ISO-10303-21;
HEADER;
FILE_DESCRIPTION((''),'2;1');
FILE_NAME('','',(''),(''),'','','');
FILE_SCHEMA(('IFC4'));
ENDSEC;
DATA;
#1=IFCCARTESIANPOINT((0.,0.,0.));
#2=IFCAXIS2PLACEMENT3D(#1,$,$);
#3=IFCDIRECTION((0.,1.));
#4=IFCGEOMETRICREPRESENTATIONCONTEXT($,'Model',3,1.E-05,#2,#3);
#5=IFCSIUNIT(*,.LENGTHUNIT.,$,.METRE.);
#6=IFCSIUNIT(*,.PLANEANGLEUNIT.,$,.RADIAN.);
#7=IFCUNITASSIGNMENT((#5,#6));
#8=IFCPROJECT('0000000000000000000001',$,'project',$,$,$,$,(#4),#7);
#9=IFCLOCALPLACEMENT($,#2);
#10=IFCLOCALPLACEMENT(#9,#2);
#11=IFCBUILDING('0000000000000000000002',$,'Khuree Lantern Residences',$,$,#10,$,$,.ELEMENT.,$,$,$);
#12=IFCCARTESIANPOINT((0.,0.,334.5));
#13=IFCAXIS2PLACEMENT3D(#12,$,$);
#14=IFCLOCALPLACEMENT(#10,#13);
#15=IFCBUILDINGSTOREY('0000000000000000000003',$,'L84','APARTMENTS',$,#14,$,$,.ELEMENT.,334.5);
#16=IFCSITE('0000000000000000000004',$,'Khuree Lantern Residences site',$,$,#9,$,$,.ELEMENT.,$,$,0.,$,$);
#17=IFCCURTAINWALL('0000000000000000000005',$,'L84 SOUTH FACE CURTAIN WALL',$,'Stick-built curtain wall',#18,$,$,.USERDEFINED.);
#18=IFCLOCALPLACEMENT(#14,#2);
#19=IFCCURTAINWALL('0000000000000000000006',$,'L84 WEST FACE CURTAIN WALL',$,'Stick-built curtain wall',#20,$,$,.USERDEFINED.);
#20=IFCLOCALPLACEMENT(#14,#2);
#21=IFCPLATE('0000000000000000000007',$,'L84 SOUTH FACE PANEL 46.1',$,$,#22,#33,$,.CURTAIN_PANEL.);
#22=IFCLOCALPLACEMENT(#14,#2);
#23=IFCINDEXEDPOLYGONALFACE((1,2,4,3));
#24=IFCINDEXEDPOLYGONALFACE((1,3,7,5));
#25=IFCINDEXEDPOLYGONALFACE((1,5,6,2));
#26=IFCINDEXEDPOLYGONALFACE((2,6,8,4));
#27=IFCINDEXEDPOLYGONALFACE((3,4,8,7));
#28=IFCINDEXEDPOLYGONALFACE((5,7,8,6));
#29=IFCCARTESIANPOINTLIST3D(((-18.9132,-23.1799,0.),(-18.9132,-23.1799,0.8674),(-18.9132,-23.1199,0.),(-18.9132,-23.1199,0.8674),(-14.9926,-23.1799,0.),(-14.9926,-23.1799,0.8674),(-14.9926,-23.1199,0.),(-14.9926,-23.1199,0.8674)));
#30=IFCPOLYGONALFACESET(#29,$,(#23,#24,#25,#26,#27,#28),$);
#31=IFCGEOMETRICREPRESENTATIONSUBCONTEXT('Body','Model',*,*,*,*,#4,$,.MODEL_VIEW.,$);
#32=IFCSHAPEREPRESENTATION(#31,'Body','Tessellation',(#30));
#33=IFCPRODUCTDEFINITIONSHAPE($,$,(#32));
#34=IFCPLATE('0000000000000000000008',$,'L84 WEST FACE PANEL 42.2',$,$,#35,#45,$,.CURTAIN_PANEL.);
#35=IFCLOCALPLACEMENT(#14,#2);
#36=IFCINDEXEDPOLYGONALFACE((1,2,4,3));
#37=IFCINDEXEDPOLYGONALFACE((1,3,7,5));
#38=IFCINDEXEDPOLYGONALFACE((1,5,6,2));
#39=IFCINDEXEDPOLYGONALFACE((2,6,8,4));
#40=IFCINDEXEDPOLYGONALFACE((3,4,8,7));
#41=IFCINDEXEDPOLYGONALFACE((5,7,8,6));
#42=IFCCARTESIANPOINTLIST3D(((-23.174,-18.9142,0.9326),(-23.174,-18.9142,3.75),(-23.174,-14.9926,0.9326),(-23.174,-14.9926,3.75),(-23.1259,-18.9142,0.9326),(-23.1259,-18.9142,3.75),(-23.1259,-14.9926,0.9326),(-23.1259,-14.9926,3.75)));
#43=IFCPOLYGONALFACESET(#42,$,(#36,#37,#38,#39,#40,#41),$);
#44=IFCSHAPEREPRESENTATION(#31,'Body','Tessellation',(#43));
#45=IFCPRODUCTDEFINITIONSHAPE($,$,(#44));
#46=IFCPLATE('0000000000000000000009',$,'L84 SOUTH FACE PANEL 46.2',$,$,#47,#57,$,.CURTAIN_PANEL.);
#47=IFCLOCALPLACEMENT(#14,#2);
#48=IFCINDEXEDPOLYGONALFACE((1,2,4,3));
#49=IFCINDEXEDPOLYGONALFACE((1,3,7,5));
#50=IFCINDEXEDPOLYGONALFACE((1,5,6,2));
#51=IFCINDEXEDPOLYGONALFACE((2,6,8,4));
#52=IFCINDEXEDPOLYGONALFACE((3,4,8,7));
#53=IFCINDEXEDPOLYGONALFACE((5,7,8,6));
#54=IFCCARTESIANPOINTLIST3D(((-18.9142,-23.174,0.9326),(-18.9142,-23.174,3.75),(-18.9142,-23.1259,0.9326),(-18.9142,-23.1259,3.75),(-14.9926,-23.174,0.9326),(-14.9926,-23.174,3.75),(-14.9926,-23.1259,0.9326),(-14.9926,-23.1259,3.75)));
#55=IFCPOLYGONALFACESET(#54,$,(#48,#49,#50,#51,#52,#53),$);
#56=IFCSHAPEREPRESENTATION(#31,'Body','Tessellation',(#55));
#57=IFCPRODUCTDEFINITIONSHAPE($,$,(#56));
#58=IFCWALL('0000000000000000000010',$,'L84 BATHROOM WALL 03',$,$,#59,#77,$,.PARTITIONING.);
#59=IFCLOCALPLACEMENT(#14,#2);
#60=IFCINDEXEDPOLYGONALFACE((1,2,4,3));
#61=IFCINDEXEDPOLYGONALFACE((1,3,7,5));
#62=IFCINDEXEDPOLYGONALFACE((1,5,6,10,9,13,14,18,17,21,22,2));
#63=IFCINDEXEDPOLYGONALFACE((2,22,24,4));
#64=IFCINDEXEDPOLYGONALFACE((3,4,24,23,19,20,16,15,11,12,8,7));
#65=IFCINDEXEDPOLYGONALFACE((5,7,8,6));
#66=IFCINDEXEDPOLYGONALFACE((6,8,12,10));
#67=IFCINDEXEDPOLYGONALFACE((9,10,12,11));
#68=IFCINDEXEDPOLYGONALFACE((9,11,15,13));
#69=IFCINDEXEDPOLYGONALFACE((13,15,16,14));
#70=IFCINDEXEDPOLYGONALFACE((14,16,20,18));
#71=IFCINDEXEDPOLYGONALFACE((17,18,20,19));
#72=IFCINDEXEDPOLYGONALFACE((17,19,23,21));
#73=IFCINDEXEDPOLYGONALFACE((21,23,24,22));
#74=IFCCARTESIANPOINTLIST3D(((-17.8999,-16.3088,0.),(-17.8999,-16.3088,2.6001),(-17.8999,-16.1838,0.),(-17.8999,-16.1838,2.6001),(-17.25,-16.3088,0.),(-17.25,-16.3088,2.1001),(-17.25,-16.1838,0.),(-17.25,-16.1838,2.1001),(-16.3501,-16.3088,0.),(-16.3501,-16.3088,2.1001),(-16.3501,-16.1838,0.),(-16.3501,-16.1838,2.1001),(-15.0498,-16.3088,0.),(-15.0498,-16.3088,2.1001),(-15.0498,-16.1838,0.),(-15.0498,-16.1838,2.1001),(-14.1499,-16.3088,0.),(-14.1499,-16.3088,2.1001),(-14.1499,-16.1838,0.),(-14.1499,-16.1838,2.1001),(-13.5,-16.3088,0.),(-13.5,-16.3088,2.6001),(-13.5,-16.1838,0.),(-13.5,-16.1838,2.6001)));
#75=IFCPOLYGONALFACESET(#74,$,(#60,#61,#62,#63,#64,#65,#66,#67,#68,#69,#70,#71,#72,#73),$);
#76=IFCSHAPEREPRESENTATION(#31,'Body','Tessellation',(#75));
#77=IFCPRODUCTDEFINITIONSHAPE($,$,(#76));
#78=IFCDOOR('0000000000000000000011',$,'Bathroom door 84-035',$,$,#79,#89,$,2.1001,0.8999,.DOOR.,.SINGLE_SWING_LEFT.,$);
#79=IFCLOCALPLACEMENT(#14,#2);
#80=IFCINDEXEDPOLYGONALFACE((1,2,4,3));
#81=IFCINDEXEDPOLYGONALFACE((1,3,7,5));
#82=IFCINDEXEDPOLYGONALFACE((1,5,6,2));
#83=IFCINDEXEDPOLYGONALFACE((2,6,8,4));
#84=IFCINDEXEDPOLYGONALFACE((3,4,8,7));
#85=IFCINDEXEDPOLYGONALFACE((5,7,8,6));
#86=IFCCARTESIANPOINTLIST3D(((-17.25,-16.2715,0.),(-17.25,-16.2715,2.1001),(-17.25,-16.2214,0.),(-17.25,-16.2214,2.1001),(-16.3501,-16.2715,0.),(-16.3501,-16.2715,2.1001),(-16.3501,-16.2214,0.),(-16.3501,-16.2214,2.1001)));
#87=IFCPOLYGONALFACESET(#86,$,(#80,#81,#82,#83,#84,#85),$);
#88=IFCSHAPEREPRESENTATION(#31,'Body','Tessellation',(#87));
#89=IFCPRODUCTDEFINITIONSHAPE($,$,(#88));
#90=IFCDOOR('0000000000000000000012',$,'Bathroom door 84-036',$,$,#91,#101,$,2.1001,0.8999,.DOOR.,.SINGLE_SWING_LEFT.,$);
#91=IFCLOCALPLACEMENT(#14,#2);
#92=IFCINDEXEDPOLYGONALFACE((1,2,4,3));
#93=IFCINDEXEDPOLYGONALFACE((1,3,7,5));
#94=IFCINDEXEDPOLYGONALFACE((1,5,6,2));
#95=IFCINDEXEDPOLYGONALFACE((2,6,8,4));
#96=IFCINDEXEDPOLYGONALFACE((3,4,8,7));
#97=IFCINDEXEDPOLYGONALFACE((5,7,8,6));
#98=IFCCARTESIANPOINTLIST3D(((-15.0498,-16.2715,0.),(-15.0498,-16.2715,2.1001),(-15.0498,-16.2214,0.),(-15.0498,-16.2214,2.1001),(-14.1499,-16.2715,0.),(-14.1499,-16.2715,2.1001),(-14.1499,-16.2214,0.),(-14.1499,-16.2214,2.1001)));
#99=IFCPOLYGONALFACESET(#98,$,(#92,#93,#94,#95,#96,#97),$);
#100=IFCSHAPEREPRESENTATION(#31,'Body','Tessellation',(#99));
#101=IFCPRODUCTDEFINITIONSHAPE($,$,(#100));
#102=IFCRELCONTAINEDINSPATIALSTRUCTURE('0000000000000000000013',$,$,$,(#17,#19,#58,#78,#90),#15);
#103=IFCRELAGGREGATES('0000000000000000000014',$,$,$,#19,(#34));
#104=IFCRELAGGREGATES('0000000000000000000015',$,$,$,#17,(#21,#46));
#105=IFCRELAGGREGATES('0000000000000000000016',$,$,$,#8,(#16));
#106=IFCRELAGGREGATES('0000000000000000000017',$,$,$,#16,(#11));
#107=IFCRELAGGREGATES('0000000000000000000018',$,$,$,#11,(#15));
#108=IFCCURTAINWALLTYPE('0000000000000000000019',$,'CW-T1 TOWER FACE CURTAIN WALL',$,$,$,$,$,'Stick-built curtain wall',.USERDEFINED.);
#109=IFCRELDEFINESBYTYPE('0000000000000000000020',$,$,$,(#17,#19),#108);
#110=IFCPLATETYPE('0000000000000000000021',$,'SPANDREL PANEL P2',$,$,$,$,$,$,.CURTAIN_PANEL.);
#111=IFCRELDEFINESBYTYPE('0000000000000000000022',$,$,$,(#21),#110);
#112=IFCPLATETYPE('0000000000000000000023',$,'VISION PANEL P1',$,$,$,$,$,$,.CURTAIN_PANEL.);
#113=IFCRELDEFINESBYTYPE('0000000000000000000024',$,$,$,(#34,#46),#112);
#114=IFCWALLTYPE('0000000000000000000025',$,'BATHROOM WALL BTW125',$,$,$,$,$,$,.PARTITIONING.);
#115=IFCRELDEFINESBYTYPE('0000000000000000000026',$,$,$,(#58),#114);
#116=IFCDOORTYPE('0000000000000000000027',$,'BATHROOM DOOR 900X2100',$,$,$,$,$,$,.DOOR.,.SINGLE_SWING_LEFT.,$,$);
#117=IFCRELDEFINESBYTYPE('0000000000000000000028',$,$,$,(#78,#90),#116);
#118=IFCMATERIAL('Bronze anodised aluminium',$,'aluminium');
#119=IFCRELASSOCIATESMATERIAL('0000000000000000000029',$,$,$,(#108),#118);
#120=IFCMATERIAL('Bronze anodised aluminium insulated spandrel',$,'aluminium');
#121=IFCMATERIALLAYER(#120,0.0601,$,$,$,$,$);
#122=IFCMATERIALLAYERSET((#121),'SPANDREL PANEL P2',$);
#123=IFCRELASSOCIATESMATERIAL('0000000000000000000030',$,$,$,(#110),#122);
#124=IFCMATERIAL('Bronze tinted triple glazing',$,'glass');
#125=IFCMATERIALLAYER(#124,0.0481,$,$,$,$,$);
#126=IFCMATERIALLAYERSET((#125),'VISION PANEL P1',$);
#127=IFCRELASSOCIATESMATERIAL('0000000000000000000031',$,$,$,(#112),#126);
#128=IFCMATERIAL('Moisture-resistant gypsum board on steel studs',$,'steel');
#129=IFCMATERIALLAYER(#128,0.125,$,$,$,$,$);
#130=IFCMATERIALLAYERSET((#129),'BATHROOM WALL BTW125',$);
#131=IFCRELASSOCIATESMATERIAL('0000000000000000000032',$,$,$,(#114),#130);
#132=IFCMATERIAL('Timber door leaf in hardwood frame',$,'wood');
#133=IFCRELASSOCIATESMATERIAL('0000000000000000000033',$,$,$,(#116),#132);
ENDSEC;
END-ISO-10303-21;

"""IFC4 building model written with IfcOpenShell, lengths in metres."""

from ifc_helpers import new_model, si_unit, direction, frame, frame_2d, origin, origin_2d, place, context, subcontext, project, spatial, rectangle, extrude, material, layer, layer_set, type_object, element, fill, aggregate, save


model = new_model("IFC4")

# Units and contexts
model_context = context("Model", 3, precision=1e-05, world=origin(), true_north=direction((0.0, 1.0)))
body_context = subcontext(model_context, "Body", "Model", "MODEL_VIEW")
ifc_project = project(units=[si_unit("LENGTHUNIT", "METRE"), si_unit("PLANEANGLEUNIT", "RADIAN")], contexts=[model_context])

# Site, building, storey
site_placement = place(None, origin())
site = spatial("IfcSite", under=ifc_project, at=site_placement, Name="Khuree Lantern Residences site", CompositionType="ELEMENT", RefElevation=0.0)
building_placement = place(site_placement, origin())
building = spatial("IfcBuilding", under=site, at=building_placement, Name="Khuree Lantern Residences", CompositionType="ELEMENT")
storey_placement = place(building_placement, frame((0.0, 0.0, 334.5)))
storey = spatial("IfcBuildingStorey", under=building, at=storey_placement, Name="L84", Description="APARTMENTS", CompositionType="ELEMENT", Elevation=334.5)

# Curtain wall
ifc_material_1 = material(Name="Bronze anodised aluminium", Category="aluminium")
curtain_wall_type_1 = type_object("IfcCurtainWallType", Name="CW-T1 TOWER FACE CURTAIN WALL", ElementType="Stick-built curtain wall", PredefinedType="USERDEFINED", material=ifc_material_1)
curtain_wall_1_placement = place(storey_placement, origin())
curtain_wall_1 = element("IfcCurtainWall", 1, at=curtain_wall_1_placement, inside=storey, type_object=curtain_wall_type_1, Name="L84 SOUTH FACE CURTAIN WALL", ObjectType="Stick-built curtain wall", PredefinedType="USERDEFINED")

# Curtain wall
curtain_wall_2_placement = place(storey_placement, origin())
curtain_wall_2 = element("IfcCurtainWall", 2, at=curtain_wall_2_placement, inside=storey, type_object=curtain_wall_type_1, Name="L84 WEST FACE CURTAIN WALL", ObjectType="Stick-built curtain wall", PredefinedType="USERDEFINED")

# Plates
ifc_material_2 = material(Name="Bronze tinted triple glazing", Category="glass")
ifc_material_3 = material(Name="Bronze anodised aluminium insulated spandrel", Category="aluminium")
ifc_layer_1 = layer(ifc_material_3, 0.0601)
ifc_layer_set_1 = layer_set([ifc_layer_1], Name="SPANDREL PANEL P2")
plate_type_1 = type_object("IfcPlateType", Name="SPANDREL PANEL P2", PredefinedType="CURTAIN_PANEL", material=ifc_layer_set_1)
plate_1_placement = place(storey_placement, frame((-16.9529, -23.1499, 0.0), z_axis=(0.0, 0.0, 1.0), x_axis=(1.0, 0.0, 0.0)))
plate_1 = element("IfcPlate", 3, at=plate_1_placement, type_object=plate_type_1, Name="L84 SOUTH FACE PANEL 46.1", PredefinedType="CURTAIN_PANEL", context=body_context, shape_type="SweptSolid", body=[
    extrude(rectangle(XDim=3.9207, YDim=0.0601, at=origin_2d()), origin(), (0.0, 0.0, 1.0), 0.8674),
])
ifc_layer_2 = layer(ifc_material_2, 0.0481)
ifc_layer_set_2 = layer_set([ifc_layer_2], Name="VISION PANEL P1")
plate_type_2 = type_object("IfcPlateType", Name="VISION PANEL P1", PredefinedType="CURTAIN_PANEL", material=ifc_layer_set_2)
plate_2_placement = place(storey_placement, frame((-23.1499, -16.9534, 0.9326), z_axis=(0.0, 0.0, 1.0), x_axis=(0.0, -1.0, 0.0)))
plate_2 = element("IfcPlate", 4, at=plate_2_placement, type_object=plate_type_2, Name="L84 WEST FACE PANEL 42.2", PredefinedType="CURTAIN_PANEL", context=body_context, shape_type="SweptSolid", body=[
    extrude(rectangle(XDim=3.9216, YDim=0.0481, at=origin_2d()), origin(), (0.0, 0.0, 1.0), 2.8174),
])
aggregate(curtain_wall_2, [plate_2])
plate_3_placement = place(storey_placement, frame((-16.9534, -23.1499, 0.9326), z_axis=(0.0, 0.0, 1.0), x_axis=(1.0, 0.0, 0.0)))
plate_3 = element("IfcPlate", 5, at=plate_3_placement, type_object=plate_type_2, Name="L84 SOUTH FACE PANEL 46.2", PredefinedType="CURTAIN_PANEL", context=body_context, shape_type="SweptSolid", body=[
    extrude(rectangle(XDim=3.9216, YDim=0.0481, at=origin_2d()), origin(), (0.0, 0.0, 1.0), 2.8174),
])
aggregate(curtain_wall_1, [plate_1, plate_3])

# Wall, openings, doors
ifc_material_4 = material(Name="Moisture-resistant gypsum board on steel studs", Category="steel")
ifc_layer_3 = layer(ifc_material_4, 0.125)
ifc_layer_set_3 = layer_set([ifc_layer_3], Name="BATHROOM WALL BTW125")
wall_type = type_object("IfcWallType", Name="BATHROOM WALL BTW125", PredefinedType="PARTITIONING", material=ifc_layer_set_3)
wall_placement = place(storey_placement, frame((-17.8999, -16.2463, 0.0), z_axis=(0.0, 0.0, 1.0), x_axis=(1.0, 0.0, 0.0)))
wall = element("IfcWall", 6, at=wall_placement, inside=storey, type_object=wall_type, Name="L84 BATHROOM WALL 03", PredefinedType="PARTITIONING", context=body_context, shape_type="SweptSolid", body=[
    extrude(rectangle(XDim=4.3999, YDim=0.125, at=frame_2d((2.2, 0.0))), origin(), (0.0, 0.0, 1.0), 2.6001),
])
opening_1_placement = place(wall_placement, frame((0.6499, 0.0, 0.0)))
opening_1 = element("IfcOpeningElement", 7, at=opening_1_placement, cuts=wall, PredefinedType="OPENING", context=body_context, shape_type="SweptSolid", body=[
    extrude(rectangle(XDim=0.8999, YDim=2.1001, at=frame_2d((0.45, 1.05))), frame((0.0, 0.0725, 0.0), z_axis=(0.0, -1.0, 0.0), x_axis=(1.0, 0.0, 0.0)), (0.0, 0.0, 1.0), 0.145),
])
opening_2_placement = place(wall_placement, frame((2.8501, 0.0, 0.0)))
opening_2 = element("IfcOpeningElement", 8, at=opening_2_placement, cuts=wall, PredefinedType="OPENING", context=body_context, shape_type="SweptSolid", body=[
    extrude(rectangle(XDim=0.8999, YDim=2.1001, at=frame_2d((0.45, 1.05))), frame((0.0, 0.0725, 0.0), z_axis=(0.0, -1.0, 0.0), x_axis=(1.0, 0.0, 0.0)), (0.0, 0.0, 1.0), 0.145),
])
ifc_material_5 = material(Name="Timber door leaf in hardwood frame", Category="wood")
door_type = type_object("IfcDoorType", Name="BATHROOM DOOR 900X2100", OperationType="SINGLE_SWING_LEFT", PredefinedType="DOOR", material=ifc_material_5)
door_1_placement = place(opening_1_placement, origin())
door_1 = element("IfcDoor", 9, at=door_1_placement, inside=storey, type_object=door_type, Name="Bathroom door 84-035", OperationType="SINGLE_SWING_LEFT", OverallHeight=2.1001, OverallWidth=0.8999, PredefinedType="DOOR", context=body_context, shape_type="SweptSolid", body=[
    extrude(rectangle(XDim=0.8999, YDim=2.1001, at=frame_2d((0.45, 1.05))), frame((0.0, 0.0249, 0.0), z_axis=(0.0, -1.0, 0.0), x_axis=(1.0, 0.0, 0.0)), (0.0, 0.0, 1.0), 0.05),
])
fill(opening_1, door_1)
door_2_placement = place(opening_2_placement, origin())
door_2 = element("IfcDoor", 10, at=door_2_placement, inside=storey, type_object=door_type, Name="Bathroom door 84-036", OperationType="SINGLE_SWING_LEFT", OverallHeight=2.1001, OverallWidth=0.8999, PredefinedType="DOOR", context=body_context, shape_type="SweptSolid", body=[
    extrude(rectangle(XDim=0.8999, YDim=2.1001, at=frame_2d((0.45, 1.05))), frame((0.0, 0.0249, 0.0), z_axis=(0.0, -1.0, 0.0), x_axis=(1.0, 0.0, 0.0)), (0.0, 0.0, 1.0), 0.05),
])
fill(opening_2, door_2)

save(model, "model.ifc")
